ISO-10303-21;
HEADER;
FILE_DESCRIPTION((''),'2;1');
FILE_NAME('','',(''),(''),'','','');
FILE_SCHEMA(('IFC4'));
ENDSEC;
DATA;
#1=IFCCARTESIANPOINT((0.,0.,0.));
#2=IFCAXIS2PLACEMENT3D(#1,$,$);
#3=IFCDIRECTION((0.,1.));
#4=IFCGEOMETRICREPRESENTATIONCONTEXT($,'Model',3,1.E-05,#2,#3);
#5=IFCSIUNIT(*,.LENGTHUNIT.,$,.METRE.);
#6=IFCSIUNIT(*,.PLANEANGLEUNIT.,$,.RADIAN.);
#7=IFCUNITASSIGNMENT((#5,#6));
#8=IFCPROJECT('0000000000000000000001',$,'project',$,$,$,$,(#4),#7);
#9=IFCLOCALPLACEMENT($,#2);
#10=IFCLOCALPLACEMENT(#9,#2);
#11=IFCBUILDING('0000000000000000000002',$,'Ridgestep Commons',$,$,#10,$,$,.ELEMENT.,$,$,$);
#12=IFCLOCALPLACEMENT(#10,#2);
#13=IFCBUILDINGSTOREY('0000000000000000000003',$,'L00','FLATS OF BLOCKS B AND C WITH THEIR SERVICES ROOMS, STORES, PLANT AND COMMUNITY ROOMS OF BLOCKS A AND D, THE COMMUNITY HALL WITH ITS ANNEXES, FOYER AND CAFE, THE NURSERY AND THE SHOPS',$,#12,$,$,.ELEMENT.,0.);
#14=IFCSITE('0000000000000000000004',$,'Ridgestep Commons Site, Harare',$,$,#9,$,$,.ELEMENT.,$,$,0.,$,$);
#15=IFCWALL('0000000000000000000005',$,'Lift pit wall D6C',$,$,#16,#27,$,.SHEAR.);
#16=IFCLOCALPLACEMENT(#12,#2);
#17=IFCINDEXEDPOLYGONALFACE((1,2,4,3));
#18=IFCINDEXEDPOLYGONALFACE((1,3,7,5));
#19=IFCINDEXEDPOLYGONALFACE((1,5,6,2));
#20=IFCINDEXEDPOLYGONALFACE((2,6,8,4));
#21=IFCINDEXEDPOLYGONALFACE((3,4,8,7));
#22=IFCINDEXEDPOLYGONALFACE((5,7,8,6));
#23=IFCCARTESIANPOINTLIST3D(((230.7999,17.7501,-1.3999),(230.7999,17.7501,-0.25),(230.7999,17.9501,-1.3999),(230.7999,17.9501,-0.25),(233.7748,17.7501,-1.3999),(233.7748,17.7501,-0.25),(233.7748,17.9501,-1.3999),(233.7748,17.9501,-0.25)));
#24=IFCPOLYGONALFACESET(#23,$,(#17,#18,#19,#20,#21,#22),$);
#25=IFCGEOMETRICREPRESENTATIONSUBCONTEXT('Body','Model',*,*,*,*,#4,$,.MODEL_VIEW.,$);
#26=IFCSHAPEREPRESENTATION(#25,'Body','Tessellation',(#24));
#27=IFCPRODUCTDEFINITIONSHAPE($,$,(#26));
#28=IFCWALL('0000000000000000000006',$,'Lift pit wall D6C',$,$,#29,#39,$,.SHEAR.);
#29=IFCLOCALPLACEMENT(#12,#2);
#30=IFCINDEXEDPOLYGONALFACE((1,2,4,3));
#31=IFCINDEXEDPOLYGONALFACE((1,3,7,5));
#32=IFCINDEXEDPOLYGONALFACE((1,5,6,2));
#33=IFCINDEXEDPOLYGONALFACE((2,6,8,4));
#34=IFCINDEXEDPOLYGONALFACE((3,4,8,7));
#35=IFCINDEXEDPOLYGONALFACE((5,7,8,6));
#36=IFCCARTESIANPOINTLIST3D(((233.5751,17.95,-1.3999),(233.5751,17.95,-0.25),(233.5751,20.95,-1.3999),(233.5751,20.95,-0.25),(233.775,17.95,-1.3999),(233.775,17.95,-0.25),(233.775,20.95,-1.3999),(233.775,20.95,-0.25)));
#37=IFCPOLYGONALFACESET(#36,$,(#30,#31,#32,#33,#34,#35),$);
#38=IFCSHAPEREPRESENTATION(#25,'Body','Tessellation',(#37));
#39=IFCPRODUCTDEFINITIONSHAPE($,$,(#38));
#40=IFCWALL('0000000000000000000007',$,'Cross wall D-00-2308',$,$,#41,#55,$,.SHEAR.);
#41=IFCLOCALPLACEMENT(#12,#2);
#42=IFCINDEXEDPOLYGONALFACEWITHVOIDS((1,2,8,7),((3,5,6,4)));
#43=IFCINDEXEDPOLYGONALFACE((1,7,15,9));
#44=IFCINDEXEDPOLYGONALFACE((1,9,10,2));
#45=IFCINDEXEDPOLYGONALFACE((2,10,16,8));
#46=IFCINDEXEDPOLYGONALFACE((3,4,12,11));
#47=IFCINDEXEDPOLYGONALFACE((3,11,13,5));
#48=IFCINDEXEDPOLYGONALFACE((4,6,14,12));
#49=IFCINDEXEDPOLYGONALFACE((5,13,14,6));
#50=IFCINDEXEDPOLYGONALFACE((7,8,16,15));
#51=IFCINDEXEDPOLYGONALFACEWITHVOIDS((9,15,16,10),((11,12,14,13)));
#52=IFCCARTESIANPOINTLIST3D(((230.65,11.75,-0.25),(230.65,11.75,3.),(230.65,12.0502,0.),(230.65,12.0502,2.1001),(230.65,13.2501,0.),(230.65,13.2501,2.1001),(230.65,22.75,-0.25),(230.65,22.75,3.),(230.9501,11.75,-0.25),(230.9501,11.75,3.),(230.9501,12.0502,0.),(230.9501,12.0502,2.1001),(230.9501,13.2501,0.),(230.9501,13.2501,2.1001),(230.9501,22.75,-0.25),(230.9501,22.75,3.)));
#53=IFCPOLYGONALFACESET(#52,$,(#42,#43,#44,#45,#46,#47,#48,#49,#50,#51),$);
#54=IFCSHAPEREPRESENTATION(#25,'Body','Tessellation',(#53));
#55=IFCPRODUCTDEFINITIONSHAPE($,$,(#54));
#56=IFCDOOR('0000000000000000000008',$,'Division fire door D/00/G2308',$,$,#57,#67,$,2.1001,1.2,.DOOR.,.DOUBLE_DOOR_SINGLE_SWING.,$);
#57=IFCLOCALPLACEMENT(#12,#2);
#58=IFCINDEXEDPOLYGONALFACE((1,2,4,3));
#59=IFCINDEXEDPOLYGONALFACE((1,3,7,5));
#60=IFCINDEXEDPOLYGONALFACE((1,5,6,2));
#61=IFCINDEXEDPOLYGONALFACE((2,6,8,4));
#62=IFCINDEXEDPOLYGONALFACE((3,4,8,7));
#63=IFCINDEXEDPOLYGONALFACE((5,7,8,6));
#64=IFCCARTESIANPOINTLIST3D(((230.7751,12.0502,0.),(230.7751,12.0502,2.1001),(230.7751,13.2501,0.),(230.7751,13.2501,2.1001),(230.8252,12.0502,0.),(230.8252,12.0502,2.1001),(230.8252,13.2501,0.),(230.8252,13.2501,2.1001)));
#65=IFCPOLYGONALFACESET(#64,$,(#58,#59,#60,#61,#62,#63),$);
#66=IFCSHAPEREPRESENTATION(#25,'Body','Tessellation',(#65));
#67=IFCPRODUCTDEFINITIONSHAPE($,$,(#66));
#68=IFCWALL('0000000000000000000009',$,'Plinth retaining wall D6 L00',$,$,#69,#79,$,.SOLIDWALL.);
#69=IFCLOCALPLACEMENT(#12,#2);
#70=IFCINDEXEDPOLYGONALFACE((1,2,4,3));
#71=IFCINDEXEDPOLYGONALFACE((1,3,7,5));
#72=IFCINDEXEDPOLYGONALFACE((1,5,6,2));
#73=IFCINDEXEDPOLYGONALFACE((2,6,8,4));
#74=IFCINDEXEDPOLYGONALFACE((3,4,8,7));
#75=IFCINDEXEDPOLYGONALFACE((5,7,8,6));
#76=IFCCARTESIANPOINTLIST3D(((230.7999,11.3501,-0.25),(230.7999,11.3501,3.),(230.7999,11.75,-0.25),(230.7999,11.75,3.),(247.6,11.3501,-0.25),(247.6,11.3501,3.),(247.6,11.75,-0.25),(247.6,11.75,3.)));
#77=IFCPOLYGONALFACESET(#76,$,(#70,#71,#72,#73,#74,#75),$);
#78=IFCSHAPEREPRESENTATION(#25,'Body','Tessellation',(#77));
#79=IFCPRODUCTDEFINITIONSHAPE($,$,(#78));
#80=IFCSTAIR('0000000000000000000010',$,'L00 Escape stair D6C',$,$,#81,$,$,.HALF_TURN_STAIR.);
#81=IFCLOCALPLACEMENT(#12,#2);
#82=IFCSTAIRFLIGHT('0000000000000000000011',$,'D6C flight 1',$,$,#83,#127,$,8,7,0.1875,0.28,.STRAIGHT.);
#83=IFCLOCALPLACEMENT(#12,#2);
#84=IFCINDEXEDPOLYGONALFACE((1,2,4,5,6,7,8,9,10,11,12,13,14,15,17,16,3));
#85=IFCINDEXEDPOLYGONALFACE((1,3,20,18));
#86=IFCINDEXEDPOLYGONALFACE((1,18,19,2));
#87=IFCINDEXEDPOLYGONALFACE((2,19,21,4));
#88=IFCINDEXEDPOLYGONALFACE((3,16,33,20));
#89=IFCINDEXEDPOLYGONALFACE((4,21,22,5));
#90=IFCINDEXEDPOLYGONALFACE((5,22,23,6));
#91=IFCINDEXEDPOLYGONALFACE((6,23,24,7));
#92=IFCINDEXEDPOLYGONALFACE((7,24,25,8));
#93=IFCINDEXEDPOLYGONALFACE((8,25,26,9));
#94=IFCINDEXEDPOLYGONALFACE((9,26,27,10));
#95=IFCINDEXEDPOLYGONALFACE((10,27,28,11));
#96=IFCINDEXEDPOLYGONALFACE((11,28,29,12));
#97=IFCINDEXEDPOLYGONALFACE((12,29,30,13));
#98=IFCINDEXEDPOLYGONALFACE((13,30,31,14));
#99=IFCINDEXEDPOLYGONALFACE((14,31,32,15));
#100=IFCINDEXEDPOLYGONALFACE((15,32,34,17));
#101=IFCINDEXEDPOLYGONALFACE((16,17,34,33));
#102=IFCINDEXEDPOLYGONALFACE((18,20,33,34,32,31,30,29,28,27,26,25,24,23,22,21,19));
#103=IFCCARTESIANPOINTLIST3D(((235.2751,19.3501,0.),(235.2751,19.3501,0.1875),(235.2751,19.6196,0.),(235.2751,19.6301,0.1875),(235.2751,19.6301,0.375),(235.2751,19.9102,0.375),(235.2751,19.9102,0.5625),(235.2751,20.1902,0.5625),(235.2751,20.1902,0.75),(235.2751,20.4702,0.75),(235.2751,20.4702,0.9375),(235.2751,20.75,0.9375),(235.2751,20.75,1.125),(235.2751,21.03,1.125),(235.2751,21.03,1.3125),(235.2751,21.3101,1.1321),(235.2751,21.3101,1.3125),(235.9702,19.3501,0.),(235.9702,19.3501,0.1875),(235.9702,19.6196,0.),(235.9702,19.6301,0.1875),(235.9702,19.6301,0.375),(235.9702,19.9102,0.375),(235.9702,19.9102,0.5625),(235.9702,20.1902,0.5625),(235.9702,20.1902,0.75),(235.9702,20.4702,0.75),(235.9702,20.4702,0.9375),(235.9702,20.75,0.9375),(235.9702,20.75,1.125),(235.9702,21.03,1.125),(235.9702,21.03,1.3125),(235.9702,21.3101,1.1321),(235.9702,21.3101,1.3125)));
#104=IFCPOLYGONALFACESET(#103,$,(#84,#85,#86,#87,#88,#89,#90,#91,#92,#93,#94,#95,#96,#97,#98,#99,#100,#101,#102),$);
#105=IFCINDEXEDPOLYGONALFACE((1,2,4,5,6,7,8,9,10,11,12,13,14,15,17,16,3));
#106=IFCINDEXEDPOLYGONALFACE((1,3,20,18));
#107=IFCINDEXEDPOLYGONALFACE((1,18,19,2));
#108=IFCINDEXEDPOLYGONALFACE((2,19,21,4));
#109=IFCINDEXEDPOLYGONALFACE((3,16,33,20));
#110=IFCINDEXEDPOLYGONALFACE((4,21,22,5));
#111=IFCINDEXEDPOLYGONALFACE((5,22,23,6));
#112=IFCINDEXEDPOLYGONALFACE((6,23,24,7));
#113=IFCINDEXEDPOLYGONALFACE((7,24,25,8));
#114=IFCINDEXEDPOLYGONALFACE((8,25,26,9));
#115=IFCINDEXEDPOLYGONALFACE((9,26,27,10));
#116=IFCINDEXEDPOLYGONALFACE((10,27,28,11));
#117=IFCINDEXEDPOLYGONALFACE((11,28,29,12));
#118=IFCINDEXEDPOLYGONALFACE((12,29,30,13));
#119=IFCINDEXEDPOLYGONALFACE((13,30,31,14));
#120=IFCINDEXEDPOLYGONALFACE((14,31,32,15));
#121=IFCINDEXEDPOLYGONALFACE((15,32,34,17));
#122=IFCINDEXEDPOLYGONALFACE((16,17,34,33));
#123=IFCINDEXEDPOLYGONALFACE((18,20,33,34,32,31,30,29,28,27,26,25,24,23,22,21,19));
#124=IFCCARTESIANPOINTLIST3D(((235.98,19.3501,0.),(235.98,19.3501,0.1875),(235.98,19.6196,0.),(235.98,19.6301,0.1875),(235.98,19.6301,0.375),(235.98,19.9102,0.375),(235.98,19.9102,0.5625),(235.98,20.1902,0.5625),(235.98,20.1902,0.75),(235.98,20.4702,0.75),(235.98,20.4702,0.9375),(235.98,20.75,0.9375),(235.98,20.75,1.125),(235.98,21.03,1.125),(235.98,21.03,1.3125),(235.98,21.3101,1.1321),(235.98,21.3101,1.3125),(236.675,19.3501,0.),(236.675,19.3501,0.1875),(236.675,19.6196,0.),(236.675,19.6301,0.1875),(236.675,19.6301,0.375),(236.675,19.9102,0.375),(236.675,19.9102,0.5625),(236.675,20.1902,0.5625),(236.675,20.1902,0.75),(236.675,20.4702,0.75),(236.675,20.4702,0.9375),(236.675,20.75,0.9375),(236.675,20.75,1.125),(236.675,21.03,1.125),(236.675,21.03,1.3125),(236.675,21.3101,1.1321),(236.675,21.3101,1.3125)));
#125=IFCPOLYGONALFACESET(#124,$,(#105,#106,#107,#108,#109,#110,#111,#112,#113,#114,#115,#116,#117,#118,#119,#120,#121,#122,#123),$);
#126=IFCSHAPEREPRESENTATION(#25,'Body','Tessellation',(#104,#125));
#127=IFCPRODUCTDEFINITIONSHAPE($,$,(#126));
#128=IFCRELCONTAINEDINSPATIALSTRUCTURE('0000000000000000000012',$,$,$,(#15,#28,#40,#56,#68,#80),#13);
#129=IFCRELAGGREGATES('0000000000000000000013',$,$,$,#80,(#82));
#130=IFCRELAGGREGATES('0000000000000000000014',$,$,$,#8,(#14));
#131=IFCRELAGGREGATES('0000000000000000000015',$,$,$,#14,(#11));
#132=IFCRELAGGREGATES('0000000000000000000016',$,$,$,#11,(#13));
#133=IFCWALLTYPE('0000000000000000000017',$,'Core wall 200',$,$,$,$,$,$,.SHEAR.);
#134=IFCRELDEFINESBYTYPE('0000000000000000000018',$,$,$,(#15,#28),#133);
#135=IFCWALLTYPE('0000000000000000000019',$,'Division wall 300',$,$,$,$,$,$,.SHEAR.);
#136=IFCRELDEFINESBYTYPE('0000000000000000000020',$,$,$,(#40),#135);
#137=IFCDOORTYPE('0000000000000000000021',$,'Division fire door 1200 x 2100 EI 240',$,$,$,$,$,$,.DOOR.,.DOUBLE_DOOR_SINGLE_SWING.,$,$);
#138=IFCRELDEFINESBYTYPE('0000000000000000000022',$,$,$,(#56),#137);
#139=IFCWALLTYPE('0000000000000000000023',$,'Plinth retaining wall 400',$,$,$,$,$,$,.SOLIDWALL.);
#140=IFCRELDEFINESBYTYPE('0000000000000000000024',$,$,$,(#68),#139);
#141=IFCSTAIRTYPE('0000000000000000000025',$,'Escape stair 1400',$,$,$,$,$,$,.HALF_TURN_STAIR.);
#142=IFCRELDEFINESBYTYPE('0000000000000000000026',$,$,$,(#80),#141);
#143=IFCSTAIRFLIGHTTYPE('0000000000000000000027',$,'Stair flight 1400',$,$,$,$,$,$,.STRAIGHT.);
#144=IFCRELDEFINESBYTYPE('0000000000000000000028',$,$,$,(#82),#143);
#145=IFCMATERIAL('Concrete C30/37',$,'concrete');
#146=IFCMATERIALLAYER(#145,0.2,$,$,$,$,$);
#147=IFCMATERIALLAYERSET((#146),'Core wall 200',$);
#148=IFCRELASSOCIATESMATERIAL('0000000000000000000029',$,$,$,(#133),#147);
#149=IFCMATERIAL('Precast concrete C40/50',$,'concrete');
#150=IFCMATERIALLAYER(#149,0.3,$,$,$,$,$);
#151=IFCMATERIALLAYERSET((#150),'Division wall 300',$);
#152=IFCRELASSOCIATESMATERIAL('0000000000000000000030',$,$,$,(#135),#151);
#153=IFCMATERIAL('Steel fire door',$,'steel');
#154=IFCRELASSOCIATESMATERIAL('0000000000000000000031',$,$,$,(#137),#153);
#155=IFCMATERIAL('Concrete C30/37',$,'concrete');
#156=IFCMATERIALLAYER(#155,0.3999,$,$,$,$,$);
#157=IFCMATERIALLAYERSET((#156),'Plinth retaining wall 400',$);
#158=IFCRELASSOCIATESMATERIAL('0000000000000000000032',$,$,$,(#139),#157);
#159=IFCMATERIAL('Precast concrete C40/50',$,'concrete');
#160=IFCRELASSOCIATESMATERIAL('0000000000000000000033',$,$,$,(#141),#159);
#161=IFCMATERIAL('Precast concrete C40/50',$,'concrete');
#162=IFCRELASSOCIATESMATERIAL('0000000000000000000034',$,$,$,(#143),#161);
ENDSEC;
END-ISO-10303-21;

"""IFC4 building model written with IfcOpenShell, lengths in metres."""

from ifc_helpers import new_model, si_unit, direction, frame, frame_2d, origin, place, context, subcontext, project, spatial, polyline, rectangle, outline, extrude, material, layer, layer_set, type_object, element, fill, aggregate, save


model = new_model("IFC4")

# Units and contexts
model_context = context("Model", 3, precision=1e-05, world=origin(), true_north=direction((0.0, 1.0)))
body_context = subcontext(model_context, "Body", "Model", "MODEL_VIEW")
ifc_project = project(units=[si_unit("LENGTHUNIT", "METRE"), si_unit("PLANEANGLEUNIT", "RADIAN")], contexts=[model_context])

# Site, building, storey
site_placement = place(None, origin())
site = spatial("IfcSite", under=ifc_project, at=site_placement, Name="Ridgestep Commons Site, Harare", CompositionType="ELEMENT", RefElevation=0.0)
building_placement = place(site_placement, origin())
building = spatial("IfcBuilding", under=site, at=building_placement, Name="Ridgestep Commons", CompositionType="ELEMENT")
storey_placement = place(building_placement, origin())
storey = spatial("IfcBuildingStorey", under=building, at=storey_placement, Name="L00", Description="FLATS OF BLOCKS B AND C WITH THEIR SERVICES ROOMS, STORES, PLANT AND COMMUNITY ROOMS OF BLOCKS A AND D, THE COMMUNITY HALL WITH ITS ANNEXES, FOYER AND CAFE, THE NURSERY AND THE SHOPS", CompositionType="ELEMENT", Elevation=0.0)

# Shared definitions
ifc_material_1 = material(Name="Concrete C30/37", Category="concrete")
ifc_layer_1 = layer(ifc_material_1, 0.2)
ifc_layer_set_1 = layer_set([ifc_layer_1], Name="Core wall 200")
wall_type_1 = type_object("IfcWallType", Name="Core wall 200", PredefinedType="SHEAR", material=ifc_layer_set_1)

# Walls
wall_1_placement = place(storey_placement, frame((230.8, 17.8501, -1.3999), z_axis=(0.0, 0.0, 1.0), x_axis=(1.0, 0.0, 0.0)))
element("IfcWall", 1, at=wall_1_placement, inside=storey, type_object=wall_type_1, Name="Lift pit wall D6C", PredefinedType="SHEAR", context=body_context, shape_type="SweptSolid", body=[
    extrude(rectangle(XDim=2.9749, YDim=0.2, at=frame_2d((1.4873, 0.0))), origin(), (0.0, 0.0, 1.0), 1.1499),
])
wall_2_placement = place(storey_placement, frame((233.675, 17.95, -1.3999), z_axis=(0.0, 0.0, 1.0), x_axis=(0.0, 1.0, 0.0)))
element("IfcWall", 2, at=wall_2_placement, inside=storey, type_object=wall_type_1, Name="Lift pit wall D6C", PredefinedType="SHEAR", context=body_context, shape_type="SweptSolid", body=[
    extrude(rectangle(XDim=3.0, YDim=0.2, at=frame_2d((1.5, 0.0))), origin(), (0.0, 0.0, 1.0), 1.1499),
])

# Wall, opening, door
ifc_material_2 = material(Name="Precast concrete C40/50", Category="concrete")
ifc_layer_2 = layer(ifc_material_2, 0.3)
ifc_layer_set_2 = layer_set([ifc_layer_2], Name="Division wall 300")
wall_type_2 = type_object("IfcWallType", Name="Division wall 300", PredefinedType="SHEAR", material=ifc_layer_set_2)
wall_3_placement = place(storey_placement, frame((230.8, 11.75, -0.25), z_axis=(0.0, 0.0, 1.0), x_axis=(0.0, 1.0, 0.0)))
wall_3 = element("IfcWall", 3, at=wall_3_placement, inside=storey, type_object=wall_type_2, Name="Cross wall D-00-2308", PredefinedType="SHEAR", context=body_context, shape_type="SweptSolid", body=[
    extrude(rectangle(XDim=11.0, YDim=0.3, at=frame_2d((5.5, 0.0))), origin(), (0.0, 0.0, 1.0), 3.25),
])
opening_1_placement = place(wall_3_placement, frame((0.3, 0.0, 0.25)))
opening_1 = element("IfcOpeningElement", 4, at=opening_1_placement, cuts=wall_3, PredefinedType="OPENING", context=body_context, shape_type="SweptSolid", body=[
    extrude(rectangle(XDim=1.2, YDim=2.1001, at=frame_2d((0.6001, 1.05))), frame((0.0, 0.1599, 0.0), z_axis=(0.0, -1.0, 0.0), x_axis=(1.0, 0.0, 0.0)), (0.0, 0.0, 1.0), 0.3201),
])
ifc_material_3 = material(Name="Steel fire door", Category="steel")
door_type_1 = type_object("IfcDoorType", Name="Division fire door 1200 x 2100 EI 240", OperationType="DOUBLE_DOOR_SINGLE_SWING", PredefinedType="DOOR", material=ifc_material_3)
door_1_placement = place(opening_1_placement, origin())
door_1 = element("IfcDoor", 5, at=door_1_placement, inside=storey, type_object=door_type_1, Name="Division fire door D/00/G2308", OperationType="DOUBLE_DOOR_SINGLE_SWING", OverallHeight=2.1001, OverallWidth=1.2, PredefinedType="DOOR", context=body_context, shape_type="SweptSolid", body=[
    extrude(rectangle(XDim=1.2, YDim=2.1001, at=frame_2d((0.6001, 1.05))), frame((0.0, 0.0249, 0.0), z_axis=(0.0, -1.0, 0.0), x_axis=(1.0, 0.0, 0.0)), (0.0, 0.0, 1.0), 0.05),
])
fill(opening_1, door_1)

# Wall
ifc_material_4 = material(Name="Concrete C30/37", Category="concrete")
ifc_layer_3 = layer(ifc_material_4, 0.3999)
ifc_layer_set_3 = layer_set([ifc_layer_3], Name="Plinth retaining wall 400")
wall_type_3 = type_object("IfcWallType", Name="Plinth retaining wall 400", PredefinedType="SOLIDWALL", material=ifc_layer_set_3)
wall_4_placement = place(storey_placement, frame((230.8, 11.55, -0.25), z_axis=(0.0, 0.0, 1.0), x_axis=(1.0, 0.0, 0.0)))
element("IfcWall", 6, at=wall_4_placement, inside=storey, type_object=wall_type_3, Name="Plinth retaining wall D6 L00", PredefinedType="SOLIDWALL", context=body_context, shape_type="SweptSolid", body=[
    extrude(rectangle(XDim=16.8, YDim=0.3999, at=frame_2d((8.3999, 0.0))), origin(), (0.0, 0.0, 1.0), 3.25),
])

# Stair, stair flight
ifc_material_5 = material(Name="Precast concrete C40/50", Category="concrete")
stair_type = type_object("IfcStairType", Name="Escape stair 1400", PredefinedType="HALF_TURN_STAIR", material=ifc_material_5)
stair_placement = place(storey_placement, origin())
stair = element("IfcStair", 7, at=stair_placement, inside=storey, type_object=stair_type, Name="L00 Escape stair D6C", PredefinedType="HALF_TURN_STAIR")
ifc_material_6 = material(Name="Precast concrete C40/50", Category="concrete")
stair_flight_type = type_object("IfcStairFlightType", Name="Stair flight 1400", PredefinedType="STRAIGHT", material=ifc_material_6)
stair_flight_placement = place(storey_placement, frame((235.9751, 19.3501, 0.0), z_axis=(0.0, 0.0, 1.0), x_axis=(0.0, 1.0, 0.0)))
stair_flight = element("IfcStairFlight", 8, at=stair_flight_placement, type_object=stair_flight_type, Name="D6C flight 1", NumberOfRisers=8, NumberOfTreads=7, PredefinedType="STRAIGHT", RiserHeight=0.1875, TreadLength=0.28, context=body_context, shape_type="SweptSolid", body=[
    extrude(outline(polyline([(0.0, 0.0), (0.0, 0.1875), (0.28, 0.1875), (0.28, 0.375), (0.5601, 0.375), (0.5601, 0.5625), (0.8401, 0.5625), (0.8401, 0.75), (1.1201, 0.75), (1.1201, 0.9375), (1.3999, 0.9375), (1.3999, 1.125), (1.6799, 1.125), (1.6799, 1.3125), (1.96, 1.3125), (1.96, 1.5), (1.96, 1.1321), (0.2695, 0.0), (0.0, 0.0)])), frame((0.0, 0.7, 0.0), z_axis=(0.0, -1.0, 0.0), x_axis=(1.0, 0.0, 0.0)), (0.0, 0.0, 1.0), 0.6951),
    extrude(outline(polyline([(0.0, 0.0), (0.0, 0.1875), (0.28, 0.1875), (0.28, 0.375), (0.5601, 0.375), (0.5601, 0.5625), (0.8401, 0.5625), (0.8401, 0.75), (1.1201, 0.75), (1.1201, 0.9375), (1.3999, 0.9375), (1.3999, 1.125), (1.6799, 1.125), (1.6799, 1.3125), (1.96, 1.3125), (1.96, 1.5), (1.96, 1.1321), (0.2695, 0.0), (0.0, 0.0)])), frame((0.0, -0.0049, 0.0), z_axis=(0.0, -1.0, 0.0), x_axis=(1.0, 0.0, 0.0)), (0.0, 0.0, 1.0), 0.6951),
])
aggregate(stair, [stair_flight])

save(model, "model.ifc")
